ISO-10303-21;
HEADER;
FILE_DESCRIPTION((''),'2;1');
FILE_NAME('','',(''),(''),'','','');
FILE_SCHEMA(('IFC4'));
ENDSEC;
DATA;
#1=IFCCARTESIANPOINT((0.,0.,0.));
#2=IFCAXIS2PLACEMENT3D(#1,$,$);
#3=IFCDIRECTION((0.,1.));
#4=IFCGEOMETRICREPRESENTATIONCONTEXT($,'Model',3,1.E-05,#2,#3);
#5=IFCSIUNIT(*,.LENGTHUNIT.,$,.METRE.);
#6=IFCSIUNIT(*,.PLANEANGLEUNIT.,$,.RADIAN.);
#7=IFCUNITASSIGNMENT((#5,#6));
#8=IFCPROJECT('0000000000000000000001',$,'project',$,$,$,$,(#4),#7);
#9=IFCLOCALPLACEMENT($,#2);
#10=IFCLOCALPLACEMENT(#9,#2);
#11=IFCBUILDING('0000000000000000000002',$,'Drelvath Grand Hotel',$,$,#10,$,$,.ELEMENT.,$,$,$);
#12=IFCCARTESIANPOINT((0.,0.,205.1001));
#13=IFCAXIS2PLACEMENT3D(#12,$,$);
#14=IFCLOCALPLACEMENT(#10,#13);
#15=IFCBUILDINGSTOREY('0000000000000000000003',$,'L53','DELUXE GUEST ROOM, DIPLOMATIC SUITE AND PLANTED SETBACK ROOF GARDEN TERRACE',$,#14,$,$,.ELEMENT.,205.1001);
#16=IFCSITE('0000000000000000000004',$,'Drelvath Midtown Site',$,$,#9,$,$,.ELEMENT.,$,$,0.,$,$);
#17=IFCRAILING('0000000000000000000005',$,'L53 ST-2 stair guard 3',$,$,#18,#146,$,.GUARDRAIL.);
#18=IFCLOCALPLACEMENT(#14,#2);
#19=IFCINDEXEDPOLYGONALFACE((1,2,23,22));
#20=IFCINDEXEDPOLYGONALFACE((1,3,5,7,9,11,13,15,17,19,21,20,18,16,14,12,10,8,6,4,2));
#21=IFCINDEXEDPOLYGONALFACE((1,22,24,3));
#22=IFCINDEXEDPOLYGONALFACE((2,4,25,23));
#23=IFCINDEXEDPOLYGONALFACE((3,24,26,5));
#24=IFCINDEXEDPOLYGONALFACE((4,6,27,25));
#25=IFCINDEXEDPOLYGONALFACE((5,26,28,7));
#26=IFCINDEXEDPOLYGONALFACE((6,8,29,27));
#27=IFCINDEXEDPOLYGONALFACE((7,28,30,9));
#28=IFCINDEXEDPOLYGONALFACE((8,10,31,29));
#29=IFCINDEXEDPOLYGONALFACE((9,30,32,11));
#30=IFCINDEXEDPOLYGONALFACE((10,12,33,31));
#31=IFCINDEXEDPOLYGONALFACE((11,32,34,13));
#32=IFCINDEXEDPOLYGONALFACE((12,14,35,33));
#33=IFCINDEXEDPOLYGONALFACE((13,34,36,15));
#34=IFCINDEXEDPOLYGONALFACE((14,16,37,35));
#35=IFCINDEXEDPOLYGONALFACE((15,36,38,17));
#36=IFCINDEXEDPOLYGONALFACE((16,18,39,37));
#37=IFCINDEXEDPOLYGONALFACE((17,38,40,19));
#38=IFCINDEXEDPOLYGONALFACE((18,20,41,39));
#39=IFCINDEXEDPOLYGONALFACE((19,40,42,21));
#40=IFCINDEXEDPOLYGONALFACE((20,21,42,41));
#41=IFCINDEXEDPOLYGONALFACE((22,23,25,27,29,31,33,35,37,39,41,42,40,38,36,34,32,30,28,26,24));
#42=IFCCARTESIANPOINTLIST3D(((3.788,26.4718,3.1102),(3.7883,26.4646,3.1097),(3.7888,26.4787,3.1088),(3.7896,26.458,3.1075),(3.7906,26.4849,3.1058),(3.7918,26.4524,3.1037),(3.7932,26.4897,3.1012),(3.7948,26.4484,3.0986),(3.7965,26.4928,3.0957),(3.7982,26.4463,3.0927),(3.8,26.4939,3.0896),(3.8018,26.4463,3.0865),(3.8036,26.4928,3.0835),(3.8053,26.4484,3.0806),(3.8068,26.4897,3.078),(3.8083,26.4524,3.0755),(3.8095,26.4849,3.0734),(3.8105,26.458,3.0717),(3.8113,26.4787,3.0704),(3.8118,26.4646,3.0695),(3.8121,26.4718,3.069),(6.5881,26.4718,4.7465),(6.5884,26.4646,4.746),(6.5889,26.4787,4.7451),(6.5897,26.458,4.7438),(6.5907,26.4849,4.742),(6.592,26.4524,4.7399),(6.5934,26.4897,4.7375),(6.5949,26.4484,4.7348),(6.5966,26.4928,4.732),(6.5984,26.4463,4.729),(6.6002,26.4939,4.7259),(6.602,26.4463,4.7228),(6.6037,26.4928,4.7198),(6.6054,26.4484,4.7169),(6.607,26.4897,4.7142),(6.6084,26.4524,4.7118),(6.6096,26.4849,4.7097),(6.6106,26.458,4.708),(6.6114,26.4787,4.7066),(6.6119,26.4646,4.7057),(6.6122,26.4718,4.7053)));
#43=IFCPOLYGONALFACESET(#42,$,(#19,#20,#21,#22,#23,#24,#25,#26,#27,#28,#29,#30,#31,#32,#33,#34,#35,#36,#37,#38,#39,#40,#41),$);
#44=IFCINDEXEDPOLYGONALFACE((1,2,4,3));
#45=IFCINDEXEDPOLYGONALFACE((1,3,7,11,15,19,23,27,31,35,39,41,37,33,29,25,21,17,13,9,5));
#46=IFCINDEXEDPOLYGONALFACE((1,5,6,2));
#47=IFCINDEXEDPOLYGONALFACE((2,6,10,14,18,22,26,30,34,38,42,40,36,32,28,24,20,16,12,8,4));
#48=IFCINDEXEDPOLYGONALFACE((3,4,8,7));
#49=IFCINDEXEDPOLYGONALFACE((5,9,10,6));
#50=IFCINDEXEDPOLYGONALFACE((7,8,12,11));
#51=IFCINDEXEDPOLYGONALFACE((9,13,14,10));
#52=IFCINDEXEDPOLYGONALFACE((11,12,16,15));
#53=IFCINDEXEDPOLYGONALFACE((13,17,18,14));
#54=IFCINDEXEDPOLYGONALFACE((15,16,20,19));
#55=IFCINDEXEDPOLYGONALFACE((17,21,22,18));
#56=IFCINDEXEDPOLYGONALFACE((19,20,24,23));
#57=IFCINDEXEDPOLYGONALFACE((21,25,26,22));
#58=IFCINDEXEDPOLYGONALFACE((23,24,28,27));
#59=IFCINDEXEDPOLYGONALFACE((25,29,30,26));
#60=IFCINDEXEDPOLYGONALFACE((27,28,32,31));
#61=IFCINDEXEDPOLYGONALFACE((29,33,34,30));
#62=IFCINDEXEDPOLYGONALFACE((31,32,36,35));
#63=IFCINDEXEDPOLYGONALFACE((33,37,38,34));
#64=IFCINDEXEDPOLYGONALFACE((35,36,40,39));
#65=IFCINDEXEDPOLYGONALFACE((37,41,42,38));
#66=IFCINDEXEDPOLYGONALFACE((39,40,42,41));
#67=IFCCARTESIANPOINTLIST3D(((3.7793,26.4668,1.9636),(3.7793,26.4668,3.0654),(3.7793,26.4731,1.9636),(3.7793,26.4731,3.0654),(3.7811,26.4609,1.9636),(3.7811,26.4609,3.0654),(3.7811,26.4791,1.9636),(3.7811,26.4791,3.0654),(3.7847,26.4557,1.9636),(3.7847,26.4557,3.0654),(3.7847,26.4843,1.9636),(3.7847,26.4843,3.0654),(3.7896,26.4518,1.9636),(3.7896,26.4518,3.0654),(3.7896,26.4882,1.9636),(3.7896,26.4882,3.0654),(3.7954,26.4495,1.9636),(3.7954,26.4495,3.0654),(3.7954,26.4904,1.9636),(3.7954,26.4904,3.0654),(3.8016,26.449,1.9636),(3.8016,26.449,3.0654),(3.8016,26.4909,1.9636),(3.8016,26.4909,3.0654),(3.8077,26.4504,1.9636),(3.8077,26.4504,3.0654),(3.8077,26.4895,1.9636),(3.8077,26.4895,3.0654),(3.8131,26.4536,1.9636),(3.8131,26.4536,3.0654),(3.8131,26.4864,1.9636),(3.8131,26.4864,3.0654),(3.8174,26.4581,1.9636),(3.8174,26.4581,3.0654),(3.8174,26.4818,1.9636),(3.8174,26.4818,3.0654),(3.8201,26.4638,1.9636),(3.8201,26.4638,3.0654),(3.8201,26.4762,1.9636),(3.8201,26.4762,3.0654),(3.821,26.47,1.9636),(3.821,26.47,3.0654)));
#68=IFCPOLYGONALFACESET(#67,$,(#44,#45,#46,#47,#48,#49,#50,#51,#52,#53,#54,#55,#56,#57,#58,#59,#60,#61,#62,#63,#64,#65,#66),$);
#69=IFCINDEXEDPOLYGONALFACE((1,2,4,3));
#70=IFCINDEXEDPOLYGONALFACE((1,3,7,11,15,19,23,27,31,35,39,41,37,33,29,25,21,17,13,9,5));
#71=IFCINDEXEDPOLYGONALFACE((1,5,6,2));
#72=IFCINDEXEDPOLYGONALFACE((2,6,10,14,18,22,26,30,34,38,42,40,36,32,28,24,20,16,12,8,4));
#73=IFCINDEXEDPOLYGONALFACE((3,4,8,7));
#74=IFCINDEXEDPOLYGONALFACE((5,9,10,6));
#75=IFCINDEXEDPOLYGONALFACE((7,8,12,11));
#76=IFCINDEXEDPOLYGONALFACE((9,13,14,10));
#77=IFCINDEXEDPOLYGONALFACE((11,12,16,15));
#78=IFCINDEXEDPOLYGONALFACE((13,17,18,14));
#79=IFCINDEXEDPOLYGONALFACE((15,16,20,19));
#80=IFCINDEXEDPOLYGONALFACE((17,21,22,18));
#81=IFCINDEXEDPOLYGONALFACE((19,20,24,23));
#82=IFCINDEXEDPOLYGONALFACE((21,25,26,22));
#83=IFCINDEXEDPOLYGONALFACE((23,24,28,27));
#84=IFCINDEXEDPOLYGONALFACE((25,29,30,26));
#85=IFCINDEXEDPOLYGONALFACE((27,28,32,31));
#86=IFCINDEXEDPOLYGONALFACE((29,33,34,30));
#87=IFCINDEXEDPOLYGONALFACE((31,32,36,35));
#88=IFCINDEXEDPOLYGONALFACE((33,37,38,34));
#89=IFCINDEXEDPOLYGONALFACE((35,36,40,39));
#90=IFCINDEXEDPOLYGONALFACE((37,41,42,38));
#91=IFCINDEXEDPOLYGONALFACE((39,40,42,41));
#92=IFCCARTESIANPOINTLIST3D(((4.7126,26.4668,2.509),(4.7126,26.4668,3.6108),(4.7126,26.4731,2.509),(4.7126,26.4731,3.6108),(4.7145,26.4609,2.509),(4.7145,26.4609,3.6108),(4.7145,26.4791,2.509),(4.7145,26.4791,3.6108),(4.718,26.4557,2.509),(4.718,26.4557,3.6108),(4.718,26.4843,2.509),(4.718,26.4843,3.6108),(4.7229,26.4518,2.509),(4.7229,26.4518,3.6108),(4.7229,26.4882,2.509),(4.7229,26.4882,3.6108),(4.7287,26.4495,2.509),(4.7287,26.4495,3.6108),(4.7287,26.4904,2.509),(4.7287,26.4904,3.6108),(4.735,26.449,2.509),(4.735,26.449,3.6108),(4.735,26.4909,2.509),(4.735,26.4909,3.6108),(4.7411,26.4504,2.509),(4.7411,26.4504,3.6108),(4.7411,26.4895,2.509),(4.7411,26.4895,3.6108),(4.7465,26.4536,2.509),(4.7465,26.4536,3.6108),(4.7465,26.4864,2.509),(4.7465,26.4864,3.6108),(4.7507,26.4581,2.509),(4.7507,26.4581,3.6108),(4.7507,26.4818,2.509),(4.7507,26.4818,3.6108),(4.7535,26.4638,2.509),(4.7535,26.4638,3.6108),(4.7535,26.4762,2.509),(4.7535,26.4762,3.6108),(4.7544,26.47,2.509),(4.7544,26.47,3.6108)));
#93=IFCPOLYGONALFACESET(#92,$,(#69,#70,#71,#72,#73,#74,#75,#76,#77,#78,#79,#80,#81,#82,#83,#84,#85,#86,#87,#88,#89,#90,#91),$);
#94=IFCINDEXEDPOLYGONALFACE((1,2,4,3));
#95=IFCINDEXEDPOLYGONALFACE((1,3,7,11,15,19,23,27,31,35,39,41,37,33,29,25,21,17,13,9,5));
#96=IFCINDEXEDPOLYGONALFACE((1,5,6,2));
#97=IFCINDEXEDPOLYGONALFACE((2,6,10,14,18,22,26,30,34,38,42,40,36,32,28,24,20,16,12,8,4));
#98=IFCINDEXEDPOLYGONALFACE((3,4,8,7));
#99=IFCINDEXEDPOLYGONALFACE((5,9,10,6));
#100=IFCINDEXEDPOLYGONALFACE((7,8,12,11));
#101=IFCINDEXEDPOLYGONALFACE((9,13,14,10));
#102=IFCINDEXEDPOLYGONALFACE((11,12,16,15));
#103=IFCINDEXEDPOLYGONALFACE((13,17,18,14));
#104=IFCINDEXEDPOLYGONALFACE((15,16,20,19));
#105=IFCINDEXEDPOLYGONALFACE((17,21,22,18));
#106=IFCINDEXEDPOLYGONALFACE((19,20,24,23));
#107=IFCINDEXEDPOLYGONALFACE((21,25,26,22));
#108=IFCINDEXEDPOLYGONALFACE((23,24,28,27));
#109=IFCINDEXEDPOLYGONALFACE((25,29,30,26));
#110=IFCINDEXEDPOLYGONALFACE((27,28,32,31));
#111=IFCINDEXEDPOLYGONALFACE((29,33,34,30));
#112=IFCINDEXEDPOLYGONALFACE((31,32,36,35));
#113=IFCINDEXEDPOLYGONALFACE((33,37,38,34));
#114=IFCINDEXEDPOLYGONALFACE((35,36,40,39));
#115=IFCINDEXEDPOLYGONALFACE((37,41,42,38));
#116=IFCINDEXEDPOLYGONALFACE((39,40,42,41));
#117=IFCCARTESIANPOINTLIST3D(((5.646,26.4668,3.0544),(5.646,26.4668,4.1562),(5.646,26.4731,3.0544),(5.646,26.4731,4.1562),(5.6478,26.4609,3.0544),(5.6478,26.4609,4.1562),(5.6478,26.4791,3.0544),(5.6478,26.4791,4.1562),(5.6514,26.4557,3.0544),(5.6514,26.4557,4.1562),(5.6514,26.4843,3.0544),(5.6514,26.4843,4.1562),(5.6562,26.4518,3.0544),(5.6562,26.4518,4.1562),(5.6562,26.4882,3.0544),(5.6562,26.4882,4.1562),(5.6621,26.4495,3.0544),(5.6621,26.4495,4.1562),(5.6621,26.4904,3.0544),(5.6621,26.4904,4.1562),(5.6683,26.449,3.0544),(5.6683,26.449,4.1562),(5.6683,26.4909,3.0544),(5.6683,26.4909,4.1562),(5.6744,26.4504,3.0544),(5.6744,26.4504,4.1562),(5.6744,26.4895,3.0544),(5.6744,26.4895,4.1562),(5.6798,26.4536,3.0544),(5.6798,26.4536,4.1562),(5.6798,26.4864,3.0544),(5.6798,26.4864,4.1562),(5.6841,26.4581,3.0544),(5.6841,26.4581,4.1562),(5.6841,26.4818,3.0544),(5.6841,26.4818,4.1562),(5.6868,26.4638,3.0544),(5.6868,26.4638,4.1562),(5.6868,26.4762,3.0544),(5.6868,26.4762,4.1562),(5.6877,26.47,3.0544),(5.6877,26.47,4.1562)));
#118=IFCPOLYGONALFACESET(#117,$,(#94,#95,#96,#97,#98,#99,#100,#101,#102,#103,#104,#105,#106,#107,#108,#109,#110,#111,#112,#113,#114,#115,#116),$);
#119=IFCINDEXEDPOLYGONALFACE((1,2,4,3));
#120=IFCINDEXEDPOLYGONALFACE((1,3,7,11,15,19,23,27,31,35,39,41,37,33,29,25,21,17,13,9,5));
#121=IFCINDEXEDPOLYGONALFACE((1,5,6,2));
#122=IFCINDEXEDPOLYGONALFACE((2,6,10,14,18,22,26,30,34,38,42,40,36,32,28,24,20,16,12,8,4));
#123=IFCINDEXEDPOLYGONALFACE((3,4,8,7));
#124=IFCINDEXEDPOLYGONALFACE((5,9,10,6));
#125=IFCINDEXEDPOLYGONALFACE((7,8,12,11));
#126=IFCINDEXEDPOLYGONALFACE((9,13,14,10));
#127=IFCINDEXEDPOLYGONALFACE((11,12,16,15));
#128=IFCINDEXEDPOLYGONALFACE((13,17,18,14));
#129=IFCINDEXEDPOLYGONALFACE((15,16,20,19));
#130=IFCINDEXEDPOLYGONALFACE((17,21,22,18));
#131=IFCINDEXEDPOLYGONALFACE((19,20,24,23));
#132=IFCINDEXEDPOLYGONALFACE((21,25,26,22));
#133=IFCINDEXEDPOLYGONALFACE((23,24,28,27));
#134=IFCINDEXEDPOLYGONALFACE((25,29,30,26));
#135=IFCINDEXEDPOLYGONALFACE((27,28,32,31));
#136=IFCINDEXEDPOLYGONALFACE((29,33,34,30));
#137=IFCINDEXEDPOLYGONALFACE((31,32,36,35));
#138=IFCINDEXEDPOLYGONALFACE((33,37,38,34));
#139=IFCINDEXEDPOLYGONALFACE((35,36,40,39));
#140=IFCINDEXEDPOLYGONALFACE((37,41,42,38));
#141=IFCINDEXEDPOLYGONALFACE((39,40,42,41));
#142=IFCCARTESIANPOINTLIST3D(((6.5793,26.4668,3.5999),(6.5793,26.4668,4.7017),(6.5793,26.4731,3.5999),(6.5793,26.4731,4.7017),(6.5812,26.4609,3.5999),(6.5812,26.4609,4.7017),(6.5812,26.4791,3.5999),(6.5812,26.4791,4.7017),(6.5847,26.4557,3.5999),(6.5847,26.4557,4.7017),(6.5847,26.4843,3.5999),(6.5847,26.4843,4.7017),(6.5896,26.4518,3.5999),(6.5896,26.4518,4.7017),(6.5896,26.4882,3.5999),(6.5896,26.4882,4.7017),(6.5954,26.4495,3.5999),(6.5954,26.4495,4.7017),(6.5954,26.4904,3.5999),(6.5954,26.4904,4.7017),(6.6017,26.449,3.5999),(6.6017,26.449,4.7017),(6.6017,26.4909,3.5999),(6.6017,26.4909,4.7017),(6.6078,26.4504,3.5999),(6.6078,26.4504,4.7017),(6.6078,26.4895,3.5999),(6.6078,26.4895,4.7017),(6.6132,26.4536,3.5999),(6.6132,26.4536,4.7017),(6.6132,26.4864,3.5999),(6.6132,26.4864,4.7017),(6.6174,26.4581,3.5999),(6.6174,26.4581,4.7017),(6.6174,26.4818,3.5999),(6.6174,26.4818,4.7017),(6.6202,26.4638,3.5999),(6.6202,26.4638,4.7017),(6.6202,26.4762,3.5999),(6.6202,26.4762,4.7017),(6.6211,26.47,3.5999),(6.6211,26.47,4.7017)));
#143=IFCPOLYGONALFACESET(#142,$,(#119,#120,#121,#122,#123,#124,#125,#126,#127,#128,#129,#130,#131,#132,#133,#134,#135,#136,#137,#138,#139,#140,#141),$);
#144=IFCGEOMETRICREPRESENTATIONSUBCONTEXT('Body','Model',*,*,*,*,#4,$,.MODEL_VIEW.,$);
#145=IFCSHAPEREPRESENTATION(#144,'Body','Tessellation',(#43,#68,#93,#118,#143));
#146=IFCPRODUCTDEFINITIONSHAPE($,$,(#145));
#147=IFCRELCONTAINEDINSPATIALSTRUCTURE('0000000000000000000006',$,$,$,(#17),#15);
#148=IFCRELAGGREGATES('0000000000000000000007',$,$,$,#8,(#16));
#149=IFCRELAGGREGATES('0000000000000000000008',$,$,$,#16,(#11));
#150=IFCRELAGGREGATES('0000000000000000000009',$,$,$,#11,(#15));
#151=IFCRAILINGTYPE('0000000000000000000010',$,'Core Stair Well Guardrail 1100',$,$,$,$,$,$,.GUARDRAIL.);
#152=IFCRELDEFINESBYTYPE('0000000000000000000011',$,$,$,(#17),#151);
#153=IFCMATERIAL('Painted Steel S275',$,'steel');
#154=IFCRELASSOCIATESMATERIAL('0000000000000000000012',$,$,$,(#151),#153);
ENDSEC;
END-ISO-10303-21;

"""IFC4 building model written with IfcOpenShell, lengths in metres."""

from ifc_helpers import new_model, si_unit, direction, frame, origin, origin_2d, place, context, subcontext, project, spatial, circle, extrude, material, type_object, element, save


model = new_model("IFC4")

# Units and contexts
model_context = context("Model", 3, precision=1e-05, world=origin(), true_north=direction((0.0, 1.0)))
body_context = subcontext(model_context, "Body", "Model", "MODEL_VIEW")
ifc_project = project(units=[si_unit("LENGTHUNIT", "METRE"), si_unit("PLANEANGLEUNIT", "RADIAN")], contexts=[model_context])

# Site, building, storey
site_placement = place(None, origin())
site = spatial("IfcSite", under=ifc_project, at=site_placement, Name="Drelvath Midtown Site", CompositionType="ELEMENT", RefElevation=0.0)
building_placement = place(site_placement, origin())
building = spatial("IfcBuilding", under=site, at=building_placement, Name="Drelvath Grand Hotel", CompositionType="ELEMENT")
storey_placement = place(building_placement, frame((0.0, 0.0, 205.1001)))
storey = spatial("IfcBuildingStorey", under=building, at=storey_placement, Name="L53", Description="DELUXE GUEST ROOM, DIPLOMATIC SUITE AND PLANTED SETBACK ROOF GARDEN TERRACE", CompositionType="ELEMENT", Elevation=205.1001)

# Railing
ifc_material_1 = material(Name="Painted Steel S275", Category="steel")
railing_type_1 = type_object("IfcRailingType", Name="Core Stair Well Guardrail 1100", PredefinedType="GUARDRAIL", material=ifc_material_1)
railing_1_placement = place(storey_placement, frame((3.8, 26.47, 1.9636)))
element("IfcRailing", 1, at=railing_1_placement, inside=storey, type_object=railing_type_1, Name="L53 ST-2 stair guard 3", PredefinedType="GUARDRAIL", context=body_context, shape_type="SweptSolid", body=[
    extrude(circle(Radius=0.0239, at=origin_2d()), frame((0.0, 0.0, 1.126), z_axis=(0.863394, 0.0, 0.504531), x_axis=(0.0, 1.0, 0.0)), (0.0, 0.0, 1.0), 3.2432),
    extrude(circle(Radius=0.021, at=origin_2d()), origin(), (0.0, 0.0, 1.0), 1.1018),
    extrude(circle(Radius=0.021, at=origin_2d()), frame((0.9333, 0.0, 0.5454)), (0.0, 0.0, 1.0), 1.1018),
    extrude(circle(Radius=0.021, at=origin_2d()), frame((1.8667, 0.0, 1.0908)), (0.0, 0.0, 1.0), 1.1018),
    extrude(circle(Radius=0.021, at=origin_2d()), frame((2.8, 0.0, 1.6362)), (0.0, 0.0, 1.0), 1.1018),
])

save(model, "model.ifc")
